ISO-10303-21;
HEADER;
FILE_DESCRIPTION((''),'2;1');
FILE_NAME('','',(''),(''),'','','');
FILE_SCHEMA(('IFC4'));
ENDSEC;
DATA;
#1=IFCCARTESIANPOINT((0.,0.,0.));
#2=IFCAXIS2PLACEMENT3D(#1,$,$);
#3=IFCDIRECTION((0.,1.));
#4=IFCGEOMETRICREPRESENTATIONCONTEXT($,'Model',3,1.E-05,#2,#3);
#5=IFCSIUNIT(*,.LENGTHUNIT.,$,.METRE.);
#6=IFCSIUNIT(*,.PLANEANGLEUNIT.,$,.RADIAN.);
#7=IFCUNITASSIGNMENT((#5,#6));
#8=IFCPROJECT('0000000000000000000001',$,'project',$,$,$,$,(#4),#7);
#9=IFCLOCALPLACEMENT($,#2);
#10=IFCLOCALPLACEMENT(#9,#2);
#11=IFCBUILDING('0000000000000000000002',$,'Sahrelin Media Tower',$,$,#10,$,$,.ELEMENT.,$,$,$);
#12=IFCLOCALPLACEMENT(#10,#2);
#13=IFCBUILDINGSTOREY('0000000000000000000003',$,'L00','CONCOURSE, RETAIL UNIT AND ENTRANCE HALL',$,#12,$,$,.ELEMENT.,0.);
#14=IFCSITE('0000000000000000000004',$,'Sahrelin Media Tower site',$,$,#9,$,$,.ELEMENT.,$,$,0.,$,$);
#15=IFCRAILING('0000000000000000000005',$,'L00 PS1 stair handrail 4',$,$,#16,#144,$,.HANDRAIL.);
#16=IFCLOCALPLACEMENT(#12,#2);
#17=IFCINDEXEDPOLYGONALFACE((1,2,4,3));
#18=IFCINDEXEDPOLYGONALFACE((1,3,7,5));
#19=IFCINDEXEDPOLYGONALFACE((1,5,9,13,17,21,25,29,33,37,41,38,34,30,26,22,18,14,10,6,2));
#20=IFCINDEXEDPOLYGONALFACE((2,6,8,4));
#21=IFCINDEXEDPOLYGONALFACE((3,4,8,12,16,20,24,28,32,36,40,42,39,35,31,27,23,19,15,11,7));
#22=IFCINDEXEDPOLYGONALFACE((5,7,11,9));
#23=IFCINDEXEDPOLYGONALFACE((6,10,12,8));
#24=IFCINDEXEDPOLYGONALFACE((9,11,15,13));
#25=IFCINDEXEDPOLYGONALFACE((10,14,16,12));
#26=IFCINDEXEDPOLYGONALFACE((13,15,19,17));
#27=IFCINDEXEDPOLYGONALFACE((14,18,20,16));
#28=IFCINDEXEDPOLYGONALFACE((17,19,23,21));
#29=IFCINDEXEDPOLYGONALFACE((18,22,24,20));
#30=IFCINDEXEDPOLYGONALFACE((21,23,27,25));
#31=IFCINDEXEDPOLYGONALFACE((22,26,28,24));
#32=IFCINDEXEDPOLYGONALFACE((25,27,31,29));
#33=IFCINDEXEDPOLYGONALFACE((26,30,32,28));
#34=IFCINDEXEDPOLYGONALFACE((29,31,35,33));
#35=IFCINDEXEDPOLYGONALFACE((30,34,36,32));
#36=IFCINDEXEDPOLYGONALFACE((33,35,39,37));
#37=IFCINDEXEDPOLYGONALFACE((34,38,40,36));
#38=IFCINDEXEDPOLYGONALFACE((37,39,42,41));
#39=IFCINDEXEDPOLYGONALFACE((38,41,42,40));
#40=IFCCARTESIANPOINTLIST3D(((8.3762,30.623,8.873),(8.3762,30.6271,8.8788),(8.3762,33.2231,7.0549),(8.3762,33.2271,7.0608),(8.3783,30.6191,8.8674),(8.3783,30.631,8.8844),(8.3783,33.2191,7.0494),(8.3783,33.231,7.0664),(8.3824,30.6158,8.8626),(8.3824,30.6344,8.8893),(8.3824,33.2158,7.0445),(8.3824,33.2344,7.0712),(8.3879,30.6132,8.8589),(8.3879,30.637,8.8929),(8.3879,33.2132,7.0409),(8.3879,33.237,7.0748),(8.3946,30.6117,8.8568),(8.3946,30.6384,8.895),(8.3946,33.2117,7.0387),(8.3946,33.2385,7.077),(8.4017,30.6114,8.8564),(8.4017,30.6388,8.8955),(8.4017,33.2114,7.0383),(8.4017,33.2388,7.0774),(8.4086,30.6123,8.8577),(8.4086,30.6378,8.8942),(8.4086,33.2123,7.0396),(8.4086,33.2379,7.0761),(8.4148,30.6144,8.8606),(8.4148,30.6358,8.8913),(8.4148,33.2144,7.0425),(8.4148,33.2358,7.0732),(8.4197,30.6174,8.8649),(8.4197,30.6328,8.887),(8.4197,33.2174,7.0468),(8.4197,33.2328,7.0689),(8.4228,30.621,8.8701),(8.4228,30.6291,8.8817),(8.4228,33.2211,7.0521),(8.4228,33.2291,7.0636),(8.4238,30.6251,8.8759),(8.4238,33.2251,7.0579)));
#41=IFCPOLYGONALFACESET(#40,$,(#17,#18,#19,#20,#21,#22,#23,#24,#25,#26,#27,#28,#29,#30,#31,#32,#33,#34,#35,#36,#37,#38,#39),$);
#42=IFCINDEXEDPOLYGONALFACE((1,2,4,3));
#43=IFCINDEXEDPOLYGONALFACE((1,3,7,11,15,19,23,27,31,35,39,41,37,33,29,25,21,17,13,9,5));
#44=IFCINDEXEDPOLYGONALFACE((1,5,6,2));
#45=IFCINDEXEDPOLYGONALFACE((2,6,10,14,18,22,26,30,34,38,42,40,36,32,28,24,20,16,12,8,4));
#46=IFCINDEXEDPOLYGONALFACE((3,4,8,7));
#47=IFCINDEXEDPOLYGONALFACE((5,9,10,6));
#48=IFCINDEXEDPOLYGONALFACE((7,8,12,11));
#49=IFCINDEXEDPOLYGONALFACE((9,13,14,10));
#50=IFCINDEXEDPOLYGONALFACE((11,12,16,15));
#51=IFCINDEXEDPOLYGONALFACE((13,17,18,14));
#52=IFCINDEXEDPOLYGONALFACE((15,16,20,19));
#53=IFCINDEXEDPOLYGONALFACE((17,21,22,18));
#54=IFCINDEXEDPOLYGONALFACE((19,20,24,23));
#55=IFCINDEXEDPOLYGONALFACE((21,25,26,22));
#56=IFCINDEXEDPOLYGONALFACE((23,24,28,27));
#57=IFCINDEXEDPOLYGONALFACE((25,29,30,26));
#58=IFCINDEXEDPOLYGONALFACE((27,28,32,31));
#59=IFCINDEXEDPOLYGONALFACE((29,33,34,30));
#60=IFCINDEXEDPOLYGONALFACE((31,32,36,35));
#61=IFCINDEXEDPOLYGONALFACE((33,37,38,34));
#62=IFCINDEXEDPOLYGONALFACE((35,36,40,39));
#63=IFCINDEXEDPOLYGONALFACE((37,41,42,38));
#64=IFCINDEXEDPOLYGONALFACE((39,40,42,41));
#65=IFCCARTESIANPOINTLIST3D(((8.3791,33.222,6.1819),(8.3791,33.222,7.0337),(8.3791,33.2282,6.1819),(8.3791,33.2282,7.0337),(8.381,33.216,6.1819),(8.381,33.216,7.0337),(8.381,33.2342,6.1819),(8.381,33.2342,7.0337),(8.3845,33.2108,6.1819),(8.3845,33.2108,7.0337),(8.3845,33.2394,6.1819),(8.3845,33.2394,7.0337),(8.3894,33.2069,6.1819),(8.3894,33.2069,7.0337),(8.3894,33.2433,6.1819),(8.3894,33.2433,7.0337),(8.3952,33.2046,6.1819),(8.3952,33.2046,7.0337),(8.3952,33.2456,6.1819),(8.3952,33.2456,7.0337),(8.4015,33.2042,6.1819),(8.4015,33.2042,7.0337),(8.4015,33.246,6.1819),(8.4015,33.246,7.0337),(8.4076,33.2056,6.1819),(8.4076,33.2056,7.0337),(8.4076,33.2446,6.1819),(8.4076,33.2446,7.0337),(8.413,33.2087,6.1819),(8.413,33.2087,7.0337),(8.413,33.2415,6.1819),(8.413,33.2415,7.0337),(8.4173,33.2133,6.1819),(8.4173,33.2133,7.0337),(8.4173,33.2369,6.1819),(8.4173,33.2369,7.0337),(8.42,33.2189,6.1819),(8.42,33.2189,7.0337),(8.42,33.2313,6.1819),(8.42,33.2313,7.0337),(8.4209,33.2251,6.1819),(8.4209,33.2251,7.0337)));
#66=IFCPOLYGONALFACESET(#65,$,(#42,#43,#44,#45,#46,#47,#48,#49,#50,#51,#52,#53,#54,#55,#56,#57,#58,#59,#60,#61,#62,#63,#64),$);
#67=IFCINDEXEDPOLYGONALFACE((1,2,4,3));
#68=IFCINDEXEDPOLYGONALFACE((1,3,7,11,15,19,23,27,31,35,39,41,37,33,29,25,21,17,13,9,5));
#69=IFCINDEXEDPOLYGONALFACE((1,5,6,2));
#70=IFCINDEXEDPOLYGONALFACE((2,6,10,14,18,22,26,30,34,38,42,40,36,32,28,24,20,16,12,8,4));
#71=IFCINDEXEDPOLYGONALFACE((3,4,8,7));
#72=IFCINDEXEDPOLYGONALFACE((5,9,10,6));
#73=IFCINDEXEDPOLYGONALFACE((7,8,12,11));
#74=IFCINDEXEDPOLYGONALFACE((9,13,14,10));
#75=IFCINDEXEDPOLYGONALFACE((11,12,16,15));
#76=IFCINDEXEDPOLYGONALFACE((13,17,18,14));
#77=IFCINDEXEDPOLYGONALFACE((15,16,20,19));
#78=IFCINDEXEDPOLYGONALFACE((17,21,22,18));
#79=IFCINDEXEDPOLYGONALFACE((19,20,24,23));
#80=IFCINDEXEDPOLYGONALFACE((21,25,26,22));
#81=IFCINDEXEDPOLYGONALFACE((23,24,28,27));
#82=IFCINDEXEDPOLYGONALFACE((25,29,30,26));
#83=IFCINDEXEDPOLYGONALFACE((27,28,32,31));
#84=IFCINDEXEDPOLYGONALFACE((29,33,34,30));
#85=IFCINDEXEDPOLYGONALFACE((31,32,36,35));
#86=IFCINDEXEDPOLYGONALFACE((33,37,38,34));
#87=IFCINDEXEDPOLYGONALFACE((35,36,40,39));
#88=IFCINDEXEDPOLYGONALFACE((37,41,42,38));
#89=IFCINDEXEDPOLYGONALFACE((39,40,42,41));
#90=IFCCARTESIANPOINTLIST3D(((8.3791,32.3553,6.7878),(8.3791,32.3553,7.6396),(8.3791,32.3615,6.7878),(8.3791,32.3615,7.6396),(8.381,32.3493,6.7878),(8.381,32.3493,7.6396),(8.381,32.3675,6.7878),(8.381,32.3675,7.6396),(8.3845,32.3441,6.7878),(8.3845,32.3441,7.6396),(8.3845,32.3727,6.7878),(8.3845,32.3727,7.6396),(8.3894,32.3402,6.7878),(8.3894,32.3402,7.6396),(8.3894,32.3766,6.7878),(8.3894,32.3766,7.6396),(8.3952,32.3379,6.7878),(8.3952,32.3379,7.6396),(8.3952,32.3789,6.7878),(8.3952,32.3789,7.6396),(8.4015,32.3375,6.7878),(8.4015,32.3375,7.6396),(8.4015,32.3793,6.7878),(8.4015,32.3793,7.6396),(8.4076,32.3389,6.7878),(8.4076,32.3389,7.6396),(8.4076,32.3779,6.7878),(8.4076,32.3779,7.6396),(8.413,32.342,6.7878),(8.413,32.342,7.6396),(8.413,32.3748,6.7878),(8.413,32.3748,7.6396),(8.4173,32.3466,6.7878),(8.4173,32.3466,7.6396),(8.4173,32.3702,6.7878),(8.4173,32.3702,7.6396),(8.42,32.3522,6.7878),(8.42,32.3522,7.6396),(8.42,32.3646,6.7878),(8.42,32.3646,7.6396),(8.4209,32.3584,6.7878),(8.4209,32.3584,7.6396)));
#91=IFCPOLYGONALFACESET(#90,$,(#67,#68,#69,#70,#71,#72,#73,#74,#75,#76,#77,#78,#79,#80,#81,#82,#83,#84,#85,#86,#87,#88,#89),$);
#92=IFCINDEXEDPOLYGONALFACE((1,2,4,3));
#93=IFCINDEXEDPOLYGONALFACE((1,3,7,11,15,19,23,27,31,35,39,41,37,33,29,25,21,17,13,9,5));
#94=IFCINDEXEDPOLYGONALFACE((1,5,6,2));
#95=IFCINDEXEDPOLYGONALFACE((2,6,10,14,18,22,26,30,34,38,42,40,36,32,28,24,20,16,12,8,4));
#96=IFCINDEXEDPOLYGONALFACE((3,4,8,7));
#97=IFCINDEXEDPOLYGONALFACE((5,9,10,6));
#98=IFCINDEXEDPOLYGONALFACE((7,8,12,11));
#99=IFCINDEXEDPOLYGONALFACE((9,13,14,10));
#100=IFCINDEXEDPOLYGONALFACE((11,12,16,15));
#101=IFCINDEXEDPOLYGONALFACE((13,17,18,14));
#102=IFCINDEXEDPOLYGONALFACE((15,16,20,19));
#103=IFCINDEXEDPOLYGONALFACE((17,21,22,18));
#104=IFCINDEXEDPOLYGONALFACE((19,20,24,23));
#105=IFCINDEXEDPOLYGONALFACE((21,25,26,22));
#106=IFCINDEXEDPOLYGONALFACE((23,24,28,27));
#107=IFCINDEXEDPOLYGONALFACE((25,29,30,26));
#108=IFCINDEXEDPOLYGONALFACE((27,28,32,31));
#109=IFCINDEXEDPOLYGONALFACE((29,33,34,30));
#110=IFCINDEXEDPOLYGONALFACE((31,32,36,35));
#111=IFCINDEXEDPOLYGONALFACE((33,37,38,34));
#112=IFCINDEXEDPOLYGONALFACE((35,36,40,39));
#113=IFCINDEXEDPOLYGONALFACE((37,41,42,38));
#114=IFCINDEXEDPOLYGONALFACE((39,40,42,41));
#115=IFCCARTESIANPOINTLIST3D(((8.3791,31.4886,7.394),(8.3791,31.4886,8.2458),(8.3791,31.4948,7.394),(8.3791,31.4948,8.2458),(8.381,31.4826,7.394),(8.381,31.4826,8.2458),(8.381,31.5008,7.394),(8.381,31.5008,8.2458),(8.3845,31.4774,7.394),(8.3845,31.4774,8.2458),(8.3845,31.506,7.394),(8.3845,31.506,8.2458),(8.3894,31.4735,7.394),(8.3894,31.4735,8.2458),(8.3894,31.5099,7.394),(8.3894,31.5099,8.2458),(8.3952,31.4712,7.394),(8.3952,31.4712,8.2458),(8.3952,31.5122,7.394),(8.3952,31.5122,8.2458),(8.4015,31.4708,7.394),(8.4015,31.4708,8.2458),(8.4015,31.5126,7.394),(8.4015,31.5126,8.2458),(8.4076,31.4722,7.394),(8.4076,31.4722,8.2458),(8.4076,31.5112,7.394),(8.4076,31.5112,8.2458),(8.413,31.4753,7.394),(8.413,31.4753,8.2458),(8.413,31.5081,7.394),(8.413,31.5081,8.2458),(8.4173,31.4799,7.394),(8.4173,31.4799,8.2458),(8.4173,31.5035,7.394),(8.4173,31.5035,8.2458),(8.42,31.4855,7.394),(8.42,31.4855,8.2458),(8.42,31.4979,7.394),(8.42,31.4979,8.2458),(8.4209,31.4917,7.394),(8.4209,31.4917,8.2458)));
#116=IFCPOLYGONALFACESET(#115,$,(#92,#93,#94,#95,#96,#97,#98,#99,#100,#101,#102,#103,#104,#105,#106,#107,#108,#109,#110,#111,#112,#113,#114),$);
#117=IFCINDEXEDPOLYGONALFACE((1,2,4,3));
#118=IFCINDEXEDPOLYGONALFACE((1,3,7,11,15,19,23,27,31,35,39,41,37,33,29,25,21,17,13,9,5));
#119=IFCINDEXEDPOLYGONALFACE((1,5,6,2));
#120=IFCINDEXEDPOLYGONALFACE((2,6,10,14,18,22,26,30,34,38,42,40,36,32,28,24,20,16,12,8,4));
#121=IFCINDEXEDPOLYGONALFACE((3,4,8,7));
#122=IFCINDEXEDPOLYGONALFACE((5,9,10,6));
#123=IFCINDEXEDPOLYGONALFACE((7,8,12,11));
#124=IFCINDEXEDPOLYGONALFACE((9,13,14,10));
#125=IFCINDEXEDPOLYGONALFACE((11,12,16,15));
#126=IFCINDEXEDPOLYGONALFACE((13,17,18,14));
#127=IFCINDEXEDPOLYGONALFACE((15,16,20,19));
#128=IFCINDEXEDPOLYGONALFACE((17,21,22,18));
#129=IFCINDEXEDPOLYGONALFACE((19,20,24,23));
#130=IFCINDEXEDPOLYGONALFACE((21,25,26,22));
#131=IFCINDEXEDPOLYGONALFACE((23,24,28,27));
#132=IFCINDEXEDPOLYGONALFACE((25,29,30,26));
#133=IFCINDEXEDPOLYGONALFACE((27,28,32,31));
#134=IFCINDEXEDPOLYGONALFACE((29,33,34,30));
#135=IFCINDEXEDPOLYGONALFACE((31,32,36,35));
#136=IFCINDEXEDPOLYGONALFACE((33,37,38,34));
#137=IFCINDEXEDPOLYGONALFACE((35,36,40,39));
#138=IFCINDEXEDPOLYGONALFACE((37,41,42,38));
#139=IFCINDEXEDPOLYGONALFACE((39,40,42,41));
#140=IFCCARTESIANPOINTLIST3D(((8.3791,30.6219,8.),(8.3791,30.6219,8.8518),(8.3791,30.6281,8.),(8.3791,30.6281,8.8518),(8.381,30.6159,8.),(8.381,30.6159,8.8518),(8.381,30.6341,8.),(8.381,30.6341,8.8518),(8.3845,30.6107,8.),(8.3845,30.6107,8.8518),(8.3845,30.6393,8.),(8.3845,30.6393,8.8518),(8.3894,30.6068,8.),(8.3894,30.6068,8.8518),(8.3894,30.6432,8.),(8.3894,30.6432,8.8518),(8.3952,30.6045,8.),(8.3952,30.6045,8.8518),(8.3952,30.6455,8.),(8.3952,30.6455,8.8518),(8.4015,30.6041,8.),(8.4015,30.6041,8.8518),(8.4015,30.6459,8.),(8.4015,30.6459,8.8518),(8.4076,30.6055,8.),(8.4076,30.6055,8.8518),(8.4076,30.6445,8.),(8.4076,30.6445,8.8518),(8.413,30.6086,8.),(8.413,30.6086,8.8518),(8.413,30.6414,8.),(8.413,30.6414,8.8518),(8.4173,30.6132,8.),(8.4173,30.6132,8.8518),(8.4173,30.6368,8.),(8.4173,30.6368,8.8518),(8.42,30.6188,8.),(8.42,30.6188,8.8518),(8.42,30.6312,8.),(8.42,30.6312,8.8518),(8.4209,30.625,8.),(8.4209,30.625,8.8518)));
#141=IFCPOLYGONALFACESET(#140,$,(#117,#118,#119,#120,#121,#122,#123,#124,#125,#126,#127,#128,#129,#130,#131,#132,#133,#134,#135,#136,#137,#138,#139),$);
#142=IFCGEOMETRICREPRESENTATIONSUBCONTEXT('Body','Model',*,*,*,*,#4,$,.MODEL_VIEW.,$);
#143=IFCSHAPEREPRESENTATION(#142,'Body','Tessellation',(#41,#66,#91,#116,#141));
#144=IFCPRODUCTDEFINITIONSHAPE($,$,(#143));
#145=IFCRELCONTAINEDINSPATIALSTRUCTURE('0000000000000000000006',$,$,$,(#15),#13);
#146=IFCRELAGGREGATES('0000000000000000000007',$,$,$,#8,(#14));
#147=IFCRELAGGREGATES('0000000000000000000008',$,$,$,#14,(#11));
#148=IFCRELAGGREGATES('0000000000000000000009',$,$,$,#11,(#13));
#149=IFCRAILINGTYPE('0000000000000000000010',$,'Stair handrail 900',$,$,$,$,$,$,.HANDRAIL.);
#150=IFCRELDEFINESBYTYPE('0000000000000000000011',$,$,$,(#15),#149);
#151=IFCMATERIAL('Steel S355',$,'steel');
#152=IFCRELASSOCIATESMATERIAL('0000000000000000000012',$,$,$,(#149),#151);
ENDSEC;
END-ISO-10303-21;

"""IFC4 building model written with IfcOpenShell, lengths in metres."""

from ifc_helpers import new_model, si_unit, direction, frame, origin, origin_2d, place, context, subcontext, project, spatial, circle, extrude, material, type_object, element, save


model = new_model("IFC4")

# Units and contexts
model_context = context("Model", 3, precision=1e-05, world=origin(), true_north=direction((0.0, 1.0)))
body_context = subcontext(model_context, "Body", "Model", "MODEL_VIEW")
ifc_project = project(units=[si_unit("LENGTHUNIT", "METRE"), si_unit("PLANEANGLEUNIT", "RADIAN")], contexts=[model_context])

# Site, building, storey
site_placement = place(None, origin())
site = spatial("IfcSite", under=ifc_project, at=site_placement, Name="Sahrelin Media Tower site", CompositionType="ELEMENT", RefElevation=0.0)
building_placement = place(site_placement, origin())
building = spatial("IfcBuilding", under=site, at=building_placement, Name="Sahrelin Media Tower", CompositionType="ELEMENT")
storey_placement = place(building_placement, origin())
storey = spatial("IfcBuildingStorey", under=building, at=storey_placement, Name="L00", Description="CONCOURSE, RETAIL UNIT AND ENTRANCE HALL", CompositionType="ELEMENT", Elevation=0.0)

# Shared definitions
ifc_material_1 = material(Name="Steel S355", Category="steel")

# Railing
railing_type_1 = type_object("IfcRailingType", Name="Stair handrail 900", PredefinedType="HANDRAIL", material=ifc_material_1)
railing_1_placement = place(storey_placement, frame((8.3999, 33.2251, 6.1819)))
element("IfcRailing", 1, at=railing_1_placement, inside=storey, type_object=railing_type_1, Name="L00 PS1 stair handrail 4", PredefinedType="HANDRAIL", context=body_context, shape_type="SweptSolid", body=[
    extrude(circle(Radius=0.0239, at=origin_2d()), frame((0.0, 0.0, 0.876), z_axis=(0.0, -0.819521, 0.573049), x_axis=(1.0, 0.0, 0.0)), (0.0, 0.0, 1.0), 3.1726),
    extrude(circle(Radius=0.021, at=origin_2d()), origin(), (0.0, 0.0, 1.0), 0.8518),
    extrude(circle(Radius=0.021, at=origin_2d()), frame((0.0, -0.8667, 0.606)), (0.0, 0.0, 1.0), 0.8518),
    extrude(circle(Radius=0.021, at=origin_2d()), frame((0.0, -1.7334, 1.2122)), (0.0, 0.0, 1.0), 0.8518),
    extrude(circle(Radius=0.021, at=origin_2d()), frame((0.0, -2.6001, 1.8181)), (0.0, 0.0, 1.0), 0.8518),
])

save(model, "model.ifc")
